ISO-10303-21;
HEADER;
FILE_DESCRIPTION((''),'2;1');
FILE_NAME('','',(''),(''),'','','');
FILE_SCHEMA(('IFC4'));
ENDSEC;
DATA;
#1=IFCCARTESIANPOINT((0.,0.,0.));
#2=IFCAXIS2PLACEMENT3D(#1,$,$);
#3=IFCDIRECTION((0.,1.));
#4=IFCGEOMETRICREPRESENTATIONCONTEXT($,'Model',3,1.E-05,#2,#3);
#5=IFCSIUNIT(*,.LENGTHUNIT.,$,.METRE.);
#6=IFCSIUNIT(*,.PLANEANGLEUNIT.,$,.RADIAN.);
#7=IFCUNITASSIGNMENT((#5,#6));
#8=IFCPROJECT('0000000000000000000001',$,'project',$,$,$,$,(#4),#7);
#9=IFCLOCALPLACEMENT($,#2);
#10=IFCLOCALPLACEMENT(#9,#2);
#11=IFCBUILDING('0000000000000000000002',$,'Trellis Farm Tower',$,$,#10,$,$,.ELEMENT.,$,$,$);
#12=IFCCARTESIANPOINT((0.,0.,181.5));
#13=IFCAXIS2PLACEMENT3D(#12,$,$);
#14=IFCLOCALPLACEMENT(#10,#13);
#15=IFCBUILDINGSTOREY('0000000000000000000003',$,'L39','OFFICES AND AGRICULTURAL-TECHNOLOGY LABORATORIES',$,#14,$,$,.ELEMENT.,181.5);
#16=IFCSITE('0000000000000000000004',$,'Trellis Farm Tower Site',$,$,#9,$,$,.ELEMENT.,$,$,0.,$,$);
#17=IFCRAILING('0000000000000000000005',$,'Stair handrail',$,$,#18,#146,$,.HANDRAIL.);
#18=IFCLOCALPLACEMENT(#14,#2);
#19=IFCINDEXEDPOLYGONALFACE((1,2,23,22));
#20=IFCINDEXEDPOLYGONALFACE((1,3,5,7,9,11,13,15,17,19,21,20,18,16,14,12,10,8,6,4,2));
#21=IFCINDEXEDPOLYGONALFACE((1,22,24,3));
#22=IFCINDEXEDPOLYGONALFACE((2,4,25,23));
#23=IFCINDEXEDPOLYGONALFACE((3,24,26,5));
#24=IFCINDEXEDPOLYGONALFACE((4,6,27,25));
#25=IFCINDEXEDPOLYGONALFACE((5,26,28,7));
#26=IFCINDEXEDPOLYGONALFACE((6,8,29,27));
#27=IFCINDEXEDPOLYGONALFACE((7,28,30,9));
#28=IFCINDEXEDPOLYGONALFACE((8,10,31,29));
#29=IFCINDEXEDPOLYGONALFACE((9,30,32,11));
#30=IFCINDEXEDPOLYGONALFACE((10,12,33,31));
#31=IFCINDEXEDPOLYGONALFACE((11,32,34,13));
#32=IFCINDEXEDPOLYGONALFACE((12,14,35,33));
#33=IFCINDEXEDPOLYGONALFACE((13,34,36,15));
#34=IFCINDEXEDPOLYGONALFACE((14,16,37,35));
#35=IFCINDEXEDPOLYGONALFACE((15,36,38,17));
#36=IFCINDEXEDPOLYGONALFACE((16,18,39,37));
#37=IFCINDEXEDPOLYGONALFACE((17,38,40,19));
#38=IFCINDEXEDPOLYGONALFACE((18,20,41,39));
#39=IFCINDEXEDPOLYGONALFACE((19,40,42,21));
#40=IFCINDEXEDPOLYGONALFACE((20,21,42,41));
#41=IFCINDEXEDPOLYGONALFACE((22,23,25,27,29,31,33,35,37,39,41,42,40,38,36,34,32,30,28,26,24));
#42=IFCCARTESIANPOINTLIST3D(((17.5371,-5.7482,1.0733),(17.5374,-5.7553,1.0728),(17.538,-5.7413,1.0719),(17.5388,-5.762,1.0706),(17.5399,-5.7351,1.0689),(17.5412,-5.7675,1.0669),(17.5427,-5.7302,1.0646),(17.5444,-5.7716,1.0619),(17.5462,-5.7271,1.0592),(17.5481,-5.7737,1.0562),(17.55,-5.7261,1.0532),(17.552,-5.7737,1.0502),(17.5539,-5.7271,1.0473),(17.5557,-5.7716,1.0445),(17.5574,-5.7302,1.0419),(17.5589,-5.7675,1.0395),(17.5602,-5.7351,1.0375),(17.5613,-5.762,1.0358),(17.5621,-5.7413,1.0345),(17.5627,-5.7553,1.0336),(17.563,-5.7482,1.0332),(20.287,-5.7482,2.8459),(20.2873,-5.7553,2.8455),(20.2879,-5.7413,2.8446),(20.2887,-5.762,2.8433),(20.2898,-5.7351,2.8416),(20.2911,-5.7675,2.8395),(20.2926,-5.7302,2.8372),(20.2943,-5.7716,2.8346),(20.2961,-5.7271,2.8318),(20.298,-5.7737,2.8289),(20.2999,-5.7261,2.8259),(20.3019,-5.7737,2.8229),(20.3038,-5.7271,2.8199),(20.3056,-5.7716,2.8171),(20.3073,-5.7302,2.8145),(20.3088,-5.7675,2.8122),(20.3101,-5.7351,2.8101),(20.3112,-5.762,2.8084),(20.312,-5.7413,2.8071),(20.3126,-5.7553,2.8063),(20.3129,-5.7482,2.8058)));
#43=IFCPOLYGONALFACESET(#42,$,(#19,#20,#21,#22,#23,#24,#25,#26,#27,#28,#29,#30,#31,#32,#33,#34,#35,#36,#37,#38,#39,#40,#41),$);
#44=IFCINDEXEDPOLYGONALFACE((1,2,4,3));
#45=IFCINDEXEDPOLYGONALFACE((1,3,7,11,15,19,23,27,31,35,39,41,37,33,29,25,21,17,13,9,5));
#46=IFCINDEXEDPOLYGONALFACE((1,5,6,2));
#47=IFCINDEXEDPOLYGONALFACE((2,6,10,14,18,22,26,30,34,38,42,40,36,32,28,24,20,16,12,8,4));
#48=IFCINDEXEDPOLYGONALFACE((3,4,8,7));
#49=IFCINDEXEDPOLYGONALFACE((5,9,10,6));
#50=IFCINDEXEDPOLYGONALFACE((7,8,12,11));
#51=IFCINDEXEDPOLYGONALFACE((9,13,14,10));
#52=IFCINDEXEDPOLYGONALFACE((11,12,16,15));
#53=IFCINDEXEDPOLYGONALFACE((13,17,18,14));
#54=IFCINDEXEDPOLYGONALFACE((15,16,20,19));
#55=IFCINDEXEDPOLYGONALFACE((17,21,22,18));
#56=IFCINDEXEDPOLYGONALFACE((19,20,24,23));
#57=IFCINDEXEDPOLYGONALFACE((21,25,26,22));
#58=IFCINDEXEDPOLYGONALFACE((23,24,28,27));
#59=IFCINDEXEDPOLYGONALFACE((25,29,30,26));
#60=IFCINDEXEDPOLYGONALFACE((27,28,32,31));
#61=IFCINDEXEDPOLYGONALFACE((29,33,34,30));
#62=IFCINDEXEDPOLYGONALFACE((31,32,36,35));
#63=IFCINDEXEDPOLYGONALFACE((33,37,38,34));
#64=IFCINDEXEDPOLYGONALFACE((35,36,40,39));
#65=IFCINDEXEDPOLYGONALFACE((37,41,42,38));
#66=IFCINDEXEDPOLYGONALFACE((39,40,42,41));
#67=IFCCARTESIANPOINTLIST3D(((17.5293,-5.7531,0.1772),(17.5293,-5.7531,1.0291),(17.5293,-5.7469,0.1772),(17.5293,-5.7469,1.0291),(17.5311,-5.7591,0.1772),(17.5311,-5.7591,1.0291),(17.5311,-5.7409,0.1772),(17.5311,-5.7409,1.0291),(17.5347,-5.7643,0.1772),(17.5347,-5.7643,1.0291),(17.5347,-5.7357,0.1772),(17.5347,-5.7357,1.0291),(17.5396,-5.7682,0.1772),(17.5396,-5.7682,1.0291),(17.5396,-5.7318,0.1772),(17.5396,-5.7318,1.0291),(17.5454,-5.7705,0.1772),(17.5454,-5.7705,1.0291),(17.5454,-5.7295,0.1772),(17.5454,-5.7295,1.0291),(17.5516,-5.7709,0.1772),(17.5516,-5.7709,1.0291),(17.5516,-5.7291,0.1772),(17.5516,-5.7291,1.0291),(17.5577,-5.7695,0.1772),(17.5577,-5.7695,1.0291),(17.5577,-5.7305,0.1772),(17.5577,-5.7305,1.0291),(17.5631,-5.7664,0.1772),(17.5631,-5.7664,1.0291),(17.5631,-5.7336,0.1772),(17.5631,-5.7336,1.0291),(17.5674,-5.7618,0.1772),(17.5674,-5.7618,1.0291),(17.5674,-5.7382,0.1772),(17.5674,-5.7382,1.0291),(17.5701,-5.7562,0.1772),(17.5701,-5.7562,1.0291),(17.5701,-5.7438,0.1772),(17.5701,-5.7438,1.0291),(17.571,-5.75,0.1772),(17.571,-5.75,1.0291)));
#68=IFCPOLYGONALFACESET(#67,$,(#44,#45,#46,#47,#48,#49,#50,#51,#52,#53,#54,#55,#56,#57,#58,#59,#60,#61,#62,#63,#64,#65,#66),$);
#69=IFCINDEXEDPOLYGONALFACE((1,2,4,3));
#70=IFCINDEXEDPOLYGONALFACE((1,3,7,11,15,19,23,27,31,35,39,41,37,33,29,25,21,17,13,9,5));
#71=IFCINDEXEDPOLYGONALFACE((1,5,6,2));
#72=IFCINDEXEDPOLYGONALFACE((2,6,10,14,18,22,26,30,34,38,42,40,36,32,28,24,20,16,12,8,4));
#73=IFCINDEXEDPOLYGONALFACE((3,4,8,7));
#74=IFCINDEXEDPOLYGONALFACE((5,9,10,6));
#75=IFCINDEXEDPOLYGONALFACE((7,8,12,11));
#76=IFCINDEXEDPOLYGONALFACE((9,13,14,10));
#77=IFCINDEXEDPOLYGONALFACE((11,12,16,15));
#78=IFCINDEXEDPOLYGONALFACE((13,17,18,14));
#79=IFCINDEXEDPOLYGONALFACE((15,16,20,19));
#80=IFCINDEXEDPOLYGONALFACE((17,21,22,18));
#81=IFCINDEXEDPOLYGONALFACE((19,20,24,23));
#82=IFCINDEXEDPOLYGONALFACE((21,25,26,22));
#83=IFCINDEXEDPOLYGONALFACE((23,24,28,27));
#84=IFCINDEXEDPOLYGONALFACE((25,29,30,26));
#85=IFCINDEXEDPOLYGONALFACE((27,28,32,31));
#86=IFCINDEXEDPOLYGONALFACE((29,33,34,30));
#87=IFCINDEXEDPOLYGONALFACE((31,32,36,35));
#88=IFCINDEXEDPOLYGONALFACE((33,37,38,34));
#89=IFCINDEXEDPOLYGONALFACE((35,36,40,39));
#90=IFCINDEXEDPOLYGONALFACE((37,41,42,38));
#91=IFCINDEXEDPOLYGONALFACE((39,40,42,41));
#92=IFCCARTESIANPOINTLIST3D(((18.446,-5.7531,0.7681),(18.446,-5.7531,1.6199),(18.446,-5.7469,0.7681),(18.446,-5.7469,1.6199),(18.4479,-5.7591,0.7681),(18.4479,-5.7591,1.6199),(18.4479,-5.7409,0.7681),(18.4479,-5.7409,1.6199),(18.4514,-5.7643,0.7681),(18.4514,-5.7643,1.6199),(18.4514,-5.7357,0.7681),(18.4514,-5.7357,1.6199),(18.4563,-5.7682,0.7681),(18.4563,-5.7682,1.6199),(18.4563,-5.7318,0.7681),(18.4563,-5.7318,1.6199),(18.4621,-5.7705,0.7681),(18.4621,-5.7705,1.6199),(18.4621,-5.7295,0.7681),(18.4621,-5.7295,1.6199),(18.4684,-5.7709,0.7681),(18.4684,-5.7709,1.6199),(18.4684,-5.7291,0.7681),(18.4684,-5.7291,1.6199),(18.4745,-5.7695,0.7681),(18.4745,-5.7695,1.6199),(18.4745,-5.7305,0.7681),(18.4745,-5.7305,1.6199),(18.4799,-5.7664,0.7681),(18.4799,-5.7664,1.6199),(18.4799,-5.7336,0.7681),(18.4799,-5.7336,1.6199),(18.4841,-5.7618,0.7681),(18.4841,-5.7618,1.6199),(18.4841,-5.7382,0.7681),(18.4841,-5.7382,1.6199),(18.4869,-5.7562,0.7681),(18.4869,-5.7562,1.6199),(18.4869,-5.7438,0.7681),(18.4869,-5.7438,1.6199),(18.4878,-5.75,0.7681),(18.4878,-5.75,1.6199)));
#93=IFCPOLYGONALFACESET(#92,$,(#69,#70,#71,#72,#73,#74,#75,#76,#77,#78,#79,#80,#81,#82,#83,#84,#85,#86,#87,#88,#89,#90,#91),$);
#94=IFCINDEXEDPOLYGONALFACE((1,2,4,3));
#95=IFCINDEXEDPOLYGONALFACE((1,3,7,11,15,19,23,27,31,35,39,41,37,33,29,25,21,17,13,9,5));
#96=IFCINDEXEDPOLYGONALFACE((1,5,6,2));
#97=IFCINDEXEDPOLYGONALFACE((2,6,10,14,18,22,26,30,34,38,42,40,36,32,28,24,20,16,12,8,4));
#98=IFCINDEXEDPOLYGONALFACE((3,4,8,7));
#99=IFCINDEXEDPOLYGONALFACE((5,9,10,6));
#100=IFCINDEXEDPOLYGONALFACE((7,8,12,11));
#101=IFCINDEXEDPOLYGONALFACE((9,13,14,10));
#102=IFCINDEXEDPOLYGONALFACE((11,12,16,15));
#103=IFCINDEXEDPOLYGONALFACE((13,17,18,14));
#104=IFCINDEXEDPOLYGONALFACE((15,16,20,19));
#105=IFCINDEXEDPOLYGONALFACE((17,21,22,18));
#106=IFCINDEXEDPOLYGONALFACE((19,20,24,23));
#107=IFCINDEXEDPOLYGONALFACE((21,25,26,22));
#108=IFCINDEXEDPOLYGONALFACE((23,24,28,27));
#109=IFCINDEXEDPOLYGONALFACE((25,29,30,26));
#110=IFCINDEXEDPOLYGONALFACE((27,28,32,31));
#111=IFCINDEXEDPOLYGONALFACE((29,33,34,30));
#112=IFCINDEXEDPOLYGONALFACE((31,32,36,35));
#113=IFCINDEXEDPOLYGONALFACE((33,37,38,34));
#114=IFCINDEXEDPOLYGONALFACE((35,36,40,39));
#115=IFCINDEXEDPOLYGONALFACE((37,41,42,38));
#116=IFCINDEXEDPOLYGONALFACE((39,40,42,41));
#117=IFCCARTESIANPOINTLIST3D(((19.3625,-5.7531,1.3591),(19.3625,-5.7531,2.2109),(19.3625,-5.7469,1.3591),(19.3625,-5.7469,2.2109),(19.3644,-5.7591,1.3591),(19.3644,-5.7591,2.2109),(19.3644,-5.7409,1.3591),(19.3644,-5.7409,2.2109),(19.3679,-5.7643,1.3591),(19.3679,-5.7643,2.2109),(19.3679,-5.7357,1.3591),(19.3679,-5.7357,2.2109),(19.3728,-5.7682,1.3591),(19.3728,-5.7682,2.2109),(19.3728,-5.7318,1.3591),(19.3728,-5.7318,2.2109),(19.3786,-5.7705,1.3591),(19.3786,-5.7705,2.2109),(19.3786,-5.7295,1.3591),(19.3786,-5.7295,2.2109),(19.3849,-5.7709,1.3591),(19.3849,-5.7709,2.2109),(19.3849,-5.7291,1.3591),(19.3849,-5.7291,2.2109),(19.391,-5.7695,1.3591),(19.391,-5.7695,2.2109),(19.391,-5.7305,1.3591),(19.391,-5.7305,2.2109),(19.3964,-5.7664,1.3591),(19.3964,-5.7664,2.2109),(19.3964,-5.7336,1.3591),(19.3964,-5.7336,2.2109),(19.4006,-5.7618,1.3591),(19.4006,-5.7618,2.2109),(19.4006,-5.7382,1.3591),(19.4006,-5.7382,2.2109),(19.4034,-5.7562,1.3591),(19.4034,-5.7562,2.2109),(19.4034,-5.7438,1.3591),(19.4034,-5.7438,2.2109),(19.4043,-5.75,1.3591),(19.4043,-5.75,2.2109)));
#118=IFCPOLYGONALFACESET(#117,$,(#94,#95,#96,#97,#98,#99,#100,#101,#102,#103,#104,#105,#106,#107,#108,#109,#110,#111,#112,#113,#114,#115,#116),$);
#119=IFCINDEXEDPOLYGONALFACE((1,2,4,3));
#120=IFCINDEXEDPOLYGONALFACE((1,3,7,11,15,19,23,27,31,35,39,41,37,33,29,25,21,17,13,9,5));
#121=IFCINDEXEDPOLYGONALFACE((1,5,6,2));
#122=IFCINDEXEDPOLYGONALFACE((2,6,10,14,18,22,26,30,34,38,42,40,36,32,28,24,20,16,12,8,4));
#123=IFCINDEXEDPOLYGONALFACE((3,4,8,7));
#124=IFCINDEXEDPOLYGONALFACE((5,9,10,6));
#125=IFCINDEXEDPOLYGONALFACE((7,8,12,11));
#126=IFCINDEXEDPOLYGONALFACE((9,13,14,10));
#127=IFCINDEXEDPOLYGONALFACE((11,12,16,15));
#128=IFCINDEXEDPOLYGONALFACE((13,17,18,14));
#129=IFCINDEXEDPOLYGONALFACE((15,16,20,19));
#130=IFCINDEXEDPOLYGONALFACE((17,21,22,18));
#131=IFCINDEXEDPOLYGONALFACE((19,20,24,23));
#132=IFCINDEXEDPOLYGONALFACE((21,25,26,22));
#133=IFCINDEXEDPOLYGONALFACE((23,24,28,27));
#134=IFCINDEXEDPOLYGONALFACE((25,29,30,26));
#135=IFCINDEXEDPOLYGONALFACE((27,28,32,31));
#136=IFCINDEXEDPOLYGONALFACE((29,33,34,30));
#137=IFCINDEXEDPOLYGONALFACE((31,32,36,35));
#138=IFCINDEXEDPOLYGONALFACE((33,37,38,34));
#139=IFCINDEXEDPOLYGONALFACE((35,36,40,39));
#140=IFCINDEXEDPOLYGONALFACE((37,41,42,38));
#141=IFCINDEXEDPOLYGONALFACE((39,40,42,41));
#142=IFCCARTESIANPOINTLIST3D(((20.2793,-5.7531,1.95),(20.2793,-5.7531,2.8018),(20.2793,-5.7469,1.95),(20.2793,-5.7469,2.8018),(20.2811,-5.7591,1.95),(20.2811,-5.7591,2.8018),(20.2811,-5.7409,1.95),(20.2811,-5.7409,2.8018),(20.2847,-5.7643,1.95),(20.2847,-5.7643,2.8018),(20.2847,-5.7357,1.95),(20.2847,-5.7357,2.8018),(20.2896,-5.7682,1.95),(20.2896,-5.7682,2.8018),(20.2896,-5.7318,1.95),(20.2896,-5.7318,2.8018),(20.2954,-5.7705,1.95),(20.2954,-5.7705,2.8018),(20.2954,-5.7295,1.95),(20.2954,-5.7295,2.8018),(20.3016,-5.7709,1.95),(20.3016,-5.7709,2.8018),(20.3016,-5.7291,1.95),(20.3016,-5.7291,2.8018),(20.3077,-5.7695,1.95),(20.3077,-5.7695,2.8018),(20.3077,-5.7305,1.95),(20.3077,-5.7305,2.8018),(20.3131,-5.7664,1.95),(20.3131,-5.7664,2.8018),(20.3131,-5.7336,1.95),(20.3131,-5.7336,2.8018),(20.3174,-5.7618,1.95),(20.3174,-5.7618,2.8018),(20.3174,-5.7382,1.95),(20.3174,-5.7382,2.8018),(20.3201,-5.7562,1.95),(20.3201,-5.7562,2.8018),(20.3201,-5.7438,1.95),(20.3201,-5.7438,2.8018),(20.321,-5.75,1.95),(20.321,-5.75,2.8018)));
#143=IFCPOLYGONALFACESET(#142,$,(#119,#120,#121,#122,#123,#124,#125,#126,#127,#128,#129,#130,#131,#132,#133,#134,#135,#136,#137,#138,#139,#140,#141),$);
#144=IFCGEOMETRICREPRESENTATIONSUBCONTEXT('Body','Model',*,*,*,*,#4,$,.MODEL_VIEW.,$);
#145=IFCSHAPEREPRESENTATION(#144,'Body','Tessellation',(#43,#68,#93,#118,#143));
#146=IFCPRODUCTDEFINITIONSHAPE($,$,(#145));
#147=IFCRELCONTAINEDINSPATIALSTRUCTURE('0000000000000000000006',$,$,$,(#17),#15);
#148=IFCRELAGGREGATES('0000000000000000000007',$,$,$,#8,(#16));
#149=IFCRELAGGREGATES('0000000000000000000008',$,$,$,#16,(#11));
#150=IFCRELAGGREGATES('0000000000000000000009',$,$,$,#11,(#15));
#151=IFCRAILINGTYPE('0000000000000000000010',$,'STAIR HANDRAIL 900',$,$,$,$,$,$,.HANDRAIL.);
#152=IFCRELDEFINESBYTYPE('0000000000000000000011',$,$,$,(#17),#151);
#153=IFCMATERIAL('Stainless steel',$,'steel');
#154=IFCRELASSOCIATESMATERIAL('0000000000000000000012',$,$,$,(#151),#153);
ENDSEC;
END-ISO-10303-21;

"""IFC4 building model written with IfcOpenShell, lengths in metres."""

from ifc_helpers import new_model, si_unit, direction, frame, origin, origin_2d, place, context, subcontext, project, spatial, circle, extrude, source, transform, mapped, material, type_object, element, save


model = new_model("IFC4")

# Units and contexts
model_context = context("Model", 3, precision=1e-05, world=origin(), true_north=direction((0.0, 1.0)))
body_context = subcontext(model_context, "Body", "Model", "MODEL_VIEW")
ifc_project = project(units=[si_unit("LENGTHUNIT", "METRE"), si_unit("PLANEANGLEUNIT", "RADIAN")], contexts=[model_context])

# Site, building, storey
site_placement = place(None, origin())
site = spatial("IfcSite", under=ifc_project, at=site_placement, Name="Trellis Farm Tower Site", CompositionType="ELEMENT", RefElevation=0.0)
building_placement = place(site_placement, origin())
building = spatial("IfcBuilding", under=site, at=building_placement, Name="Trellis Farm Tower", CompositionType="ELEMENT")
storey_placement = place(building_placement, frame((0.0, 0.0, 181.5)))
storey = spatial("IfcBuildingStorey", under=building, at=storey_placement, Name="L39", Description="OFFICES AND AGRICULTURAL-TECHNOLOGY LABORATORIES", CompositionType="ELEMENT", Elevation=181.5)

# Railing
ifc_material_1 = material(Name="Stainless steel", Category="steel")
railing_type = type_object("IfcRailingType", Name="STAIR HANDRAIL 900", PredefinedType="HANDRAIL", material=ifc_material_1)
shared_shape_1 = source(origin(), body_context, "Body", "SweptSolid", [
    extrude(circle(Radius=0.0239, at=origin_2d()), frame((0.0, 0.0, 0.876), z_axis=(0.840504, 0.0, 0.541806), x_axis=(0.0, 1.0, 0.0)), (0.0, 0.0, 1.0), 3.2717),
    extrude(circle(Radius=0.021, at=origin_2d()), origin(), (0.0, 0.0, 1.0), 0.8518),
    extrude(circle(Radius=0.021, at=origin_2d()), frame((0.9167, 0.0, 0.5908)), (0.0, 0.0, 1.0), 0.8518),
    extrude(circle(Radius=0.021, at=origin_2d()), frame((1.8333, 0.0, 1.1819)), (0.0, 0.0, 1.0), 0.8518),
    extrude(circle(Radius=0.021, at=origin_2d()), frame((2.75, 0.0, 1.7727)), (0.0, 0.0, 1.0), 0.8518),
])
railing_placement = place(storey_placement, frame((17.55, -5.75, 0.1772)))
element("IfcRailing", 1, at=railing_placement, inside=storey, type_object=railing_type, Name="Stair handrail", PredefinedType="HANDRAIL", context=body_context, shape_type="MappedRepresentation", body=[
    mapped(shared_shape_1, transform((0.0, 0.0, 0.0))),
])

save(model, "model.ifc")
